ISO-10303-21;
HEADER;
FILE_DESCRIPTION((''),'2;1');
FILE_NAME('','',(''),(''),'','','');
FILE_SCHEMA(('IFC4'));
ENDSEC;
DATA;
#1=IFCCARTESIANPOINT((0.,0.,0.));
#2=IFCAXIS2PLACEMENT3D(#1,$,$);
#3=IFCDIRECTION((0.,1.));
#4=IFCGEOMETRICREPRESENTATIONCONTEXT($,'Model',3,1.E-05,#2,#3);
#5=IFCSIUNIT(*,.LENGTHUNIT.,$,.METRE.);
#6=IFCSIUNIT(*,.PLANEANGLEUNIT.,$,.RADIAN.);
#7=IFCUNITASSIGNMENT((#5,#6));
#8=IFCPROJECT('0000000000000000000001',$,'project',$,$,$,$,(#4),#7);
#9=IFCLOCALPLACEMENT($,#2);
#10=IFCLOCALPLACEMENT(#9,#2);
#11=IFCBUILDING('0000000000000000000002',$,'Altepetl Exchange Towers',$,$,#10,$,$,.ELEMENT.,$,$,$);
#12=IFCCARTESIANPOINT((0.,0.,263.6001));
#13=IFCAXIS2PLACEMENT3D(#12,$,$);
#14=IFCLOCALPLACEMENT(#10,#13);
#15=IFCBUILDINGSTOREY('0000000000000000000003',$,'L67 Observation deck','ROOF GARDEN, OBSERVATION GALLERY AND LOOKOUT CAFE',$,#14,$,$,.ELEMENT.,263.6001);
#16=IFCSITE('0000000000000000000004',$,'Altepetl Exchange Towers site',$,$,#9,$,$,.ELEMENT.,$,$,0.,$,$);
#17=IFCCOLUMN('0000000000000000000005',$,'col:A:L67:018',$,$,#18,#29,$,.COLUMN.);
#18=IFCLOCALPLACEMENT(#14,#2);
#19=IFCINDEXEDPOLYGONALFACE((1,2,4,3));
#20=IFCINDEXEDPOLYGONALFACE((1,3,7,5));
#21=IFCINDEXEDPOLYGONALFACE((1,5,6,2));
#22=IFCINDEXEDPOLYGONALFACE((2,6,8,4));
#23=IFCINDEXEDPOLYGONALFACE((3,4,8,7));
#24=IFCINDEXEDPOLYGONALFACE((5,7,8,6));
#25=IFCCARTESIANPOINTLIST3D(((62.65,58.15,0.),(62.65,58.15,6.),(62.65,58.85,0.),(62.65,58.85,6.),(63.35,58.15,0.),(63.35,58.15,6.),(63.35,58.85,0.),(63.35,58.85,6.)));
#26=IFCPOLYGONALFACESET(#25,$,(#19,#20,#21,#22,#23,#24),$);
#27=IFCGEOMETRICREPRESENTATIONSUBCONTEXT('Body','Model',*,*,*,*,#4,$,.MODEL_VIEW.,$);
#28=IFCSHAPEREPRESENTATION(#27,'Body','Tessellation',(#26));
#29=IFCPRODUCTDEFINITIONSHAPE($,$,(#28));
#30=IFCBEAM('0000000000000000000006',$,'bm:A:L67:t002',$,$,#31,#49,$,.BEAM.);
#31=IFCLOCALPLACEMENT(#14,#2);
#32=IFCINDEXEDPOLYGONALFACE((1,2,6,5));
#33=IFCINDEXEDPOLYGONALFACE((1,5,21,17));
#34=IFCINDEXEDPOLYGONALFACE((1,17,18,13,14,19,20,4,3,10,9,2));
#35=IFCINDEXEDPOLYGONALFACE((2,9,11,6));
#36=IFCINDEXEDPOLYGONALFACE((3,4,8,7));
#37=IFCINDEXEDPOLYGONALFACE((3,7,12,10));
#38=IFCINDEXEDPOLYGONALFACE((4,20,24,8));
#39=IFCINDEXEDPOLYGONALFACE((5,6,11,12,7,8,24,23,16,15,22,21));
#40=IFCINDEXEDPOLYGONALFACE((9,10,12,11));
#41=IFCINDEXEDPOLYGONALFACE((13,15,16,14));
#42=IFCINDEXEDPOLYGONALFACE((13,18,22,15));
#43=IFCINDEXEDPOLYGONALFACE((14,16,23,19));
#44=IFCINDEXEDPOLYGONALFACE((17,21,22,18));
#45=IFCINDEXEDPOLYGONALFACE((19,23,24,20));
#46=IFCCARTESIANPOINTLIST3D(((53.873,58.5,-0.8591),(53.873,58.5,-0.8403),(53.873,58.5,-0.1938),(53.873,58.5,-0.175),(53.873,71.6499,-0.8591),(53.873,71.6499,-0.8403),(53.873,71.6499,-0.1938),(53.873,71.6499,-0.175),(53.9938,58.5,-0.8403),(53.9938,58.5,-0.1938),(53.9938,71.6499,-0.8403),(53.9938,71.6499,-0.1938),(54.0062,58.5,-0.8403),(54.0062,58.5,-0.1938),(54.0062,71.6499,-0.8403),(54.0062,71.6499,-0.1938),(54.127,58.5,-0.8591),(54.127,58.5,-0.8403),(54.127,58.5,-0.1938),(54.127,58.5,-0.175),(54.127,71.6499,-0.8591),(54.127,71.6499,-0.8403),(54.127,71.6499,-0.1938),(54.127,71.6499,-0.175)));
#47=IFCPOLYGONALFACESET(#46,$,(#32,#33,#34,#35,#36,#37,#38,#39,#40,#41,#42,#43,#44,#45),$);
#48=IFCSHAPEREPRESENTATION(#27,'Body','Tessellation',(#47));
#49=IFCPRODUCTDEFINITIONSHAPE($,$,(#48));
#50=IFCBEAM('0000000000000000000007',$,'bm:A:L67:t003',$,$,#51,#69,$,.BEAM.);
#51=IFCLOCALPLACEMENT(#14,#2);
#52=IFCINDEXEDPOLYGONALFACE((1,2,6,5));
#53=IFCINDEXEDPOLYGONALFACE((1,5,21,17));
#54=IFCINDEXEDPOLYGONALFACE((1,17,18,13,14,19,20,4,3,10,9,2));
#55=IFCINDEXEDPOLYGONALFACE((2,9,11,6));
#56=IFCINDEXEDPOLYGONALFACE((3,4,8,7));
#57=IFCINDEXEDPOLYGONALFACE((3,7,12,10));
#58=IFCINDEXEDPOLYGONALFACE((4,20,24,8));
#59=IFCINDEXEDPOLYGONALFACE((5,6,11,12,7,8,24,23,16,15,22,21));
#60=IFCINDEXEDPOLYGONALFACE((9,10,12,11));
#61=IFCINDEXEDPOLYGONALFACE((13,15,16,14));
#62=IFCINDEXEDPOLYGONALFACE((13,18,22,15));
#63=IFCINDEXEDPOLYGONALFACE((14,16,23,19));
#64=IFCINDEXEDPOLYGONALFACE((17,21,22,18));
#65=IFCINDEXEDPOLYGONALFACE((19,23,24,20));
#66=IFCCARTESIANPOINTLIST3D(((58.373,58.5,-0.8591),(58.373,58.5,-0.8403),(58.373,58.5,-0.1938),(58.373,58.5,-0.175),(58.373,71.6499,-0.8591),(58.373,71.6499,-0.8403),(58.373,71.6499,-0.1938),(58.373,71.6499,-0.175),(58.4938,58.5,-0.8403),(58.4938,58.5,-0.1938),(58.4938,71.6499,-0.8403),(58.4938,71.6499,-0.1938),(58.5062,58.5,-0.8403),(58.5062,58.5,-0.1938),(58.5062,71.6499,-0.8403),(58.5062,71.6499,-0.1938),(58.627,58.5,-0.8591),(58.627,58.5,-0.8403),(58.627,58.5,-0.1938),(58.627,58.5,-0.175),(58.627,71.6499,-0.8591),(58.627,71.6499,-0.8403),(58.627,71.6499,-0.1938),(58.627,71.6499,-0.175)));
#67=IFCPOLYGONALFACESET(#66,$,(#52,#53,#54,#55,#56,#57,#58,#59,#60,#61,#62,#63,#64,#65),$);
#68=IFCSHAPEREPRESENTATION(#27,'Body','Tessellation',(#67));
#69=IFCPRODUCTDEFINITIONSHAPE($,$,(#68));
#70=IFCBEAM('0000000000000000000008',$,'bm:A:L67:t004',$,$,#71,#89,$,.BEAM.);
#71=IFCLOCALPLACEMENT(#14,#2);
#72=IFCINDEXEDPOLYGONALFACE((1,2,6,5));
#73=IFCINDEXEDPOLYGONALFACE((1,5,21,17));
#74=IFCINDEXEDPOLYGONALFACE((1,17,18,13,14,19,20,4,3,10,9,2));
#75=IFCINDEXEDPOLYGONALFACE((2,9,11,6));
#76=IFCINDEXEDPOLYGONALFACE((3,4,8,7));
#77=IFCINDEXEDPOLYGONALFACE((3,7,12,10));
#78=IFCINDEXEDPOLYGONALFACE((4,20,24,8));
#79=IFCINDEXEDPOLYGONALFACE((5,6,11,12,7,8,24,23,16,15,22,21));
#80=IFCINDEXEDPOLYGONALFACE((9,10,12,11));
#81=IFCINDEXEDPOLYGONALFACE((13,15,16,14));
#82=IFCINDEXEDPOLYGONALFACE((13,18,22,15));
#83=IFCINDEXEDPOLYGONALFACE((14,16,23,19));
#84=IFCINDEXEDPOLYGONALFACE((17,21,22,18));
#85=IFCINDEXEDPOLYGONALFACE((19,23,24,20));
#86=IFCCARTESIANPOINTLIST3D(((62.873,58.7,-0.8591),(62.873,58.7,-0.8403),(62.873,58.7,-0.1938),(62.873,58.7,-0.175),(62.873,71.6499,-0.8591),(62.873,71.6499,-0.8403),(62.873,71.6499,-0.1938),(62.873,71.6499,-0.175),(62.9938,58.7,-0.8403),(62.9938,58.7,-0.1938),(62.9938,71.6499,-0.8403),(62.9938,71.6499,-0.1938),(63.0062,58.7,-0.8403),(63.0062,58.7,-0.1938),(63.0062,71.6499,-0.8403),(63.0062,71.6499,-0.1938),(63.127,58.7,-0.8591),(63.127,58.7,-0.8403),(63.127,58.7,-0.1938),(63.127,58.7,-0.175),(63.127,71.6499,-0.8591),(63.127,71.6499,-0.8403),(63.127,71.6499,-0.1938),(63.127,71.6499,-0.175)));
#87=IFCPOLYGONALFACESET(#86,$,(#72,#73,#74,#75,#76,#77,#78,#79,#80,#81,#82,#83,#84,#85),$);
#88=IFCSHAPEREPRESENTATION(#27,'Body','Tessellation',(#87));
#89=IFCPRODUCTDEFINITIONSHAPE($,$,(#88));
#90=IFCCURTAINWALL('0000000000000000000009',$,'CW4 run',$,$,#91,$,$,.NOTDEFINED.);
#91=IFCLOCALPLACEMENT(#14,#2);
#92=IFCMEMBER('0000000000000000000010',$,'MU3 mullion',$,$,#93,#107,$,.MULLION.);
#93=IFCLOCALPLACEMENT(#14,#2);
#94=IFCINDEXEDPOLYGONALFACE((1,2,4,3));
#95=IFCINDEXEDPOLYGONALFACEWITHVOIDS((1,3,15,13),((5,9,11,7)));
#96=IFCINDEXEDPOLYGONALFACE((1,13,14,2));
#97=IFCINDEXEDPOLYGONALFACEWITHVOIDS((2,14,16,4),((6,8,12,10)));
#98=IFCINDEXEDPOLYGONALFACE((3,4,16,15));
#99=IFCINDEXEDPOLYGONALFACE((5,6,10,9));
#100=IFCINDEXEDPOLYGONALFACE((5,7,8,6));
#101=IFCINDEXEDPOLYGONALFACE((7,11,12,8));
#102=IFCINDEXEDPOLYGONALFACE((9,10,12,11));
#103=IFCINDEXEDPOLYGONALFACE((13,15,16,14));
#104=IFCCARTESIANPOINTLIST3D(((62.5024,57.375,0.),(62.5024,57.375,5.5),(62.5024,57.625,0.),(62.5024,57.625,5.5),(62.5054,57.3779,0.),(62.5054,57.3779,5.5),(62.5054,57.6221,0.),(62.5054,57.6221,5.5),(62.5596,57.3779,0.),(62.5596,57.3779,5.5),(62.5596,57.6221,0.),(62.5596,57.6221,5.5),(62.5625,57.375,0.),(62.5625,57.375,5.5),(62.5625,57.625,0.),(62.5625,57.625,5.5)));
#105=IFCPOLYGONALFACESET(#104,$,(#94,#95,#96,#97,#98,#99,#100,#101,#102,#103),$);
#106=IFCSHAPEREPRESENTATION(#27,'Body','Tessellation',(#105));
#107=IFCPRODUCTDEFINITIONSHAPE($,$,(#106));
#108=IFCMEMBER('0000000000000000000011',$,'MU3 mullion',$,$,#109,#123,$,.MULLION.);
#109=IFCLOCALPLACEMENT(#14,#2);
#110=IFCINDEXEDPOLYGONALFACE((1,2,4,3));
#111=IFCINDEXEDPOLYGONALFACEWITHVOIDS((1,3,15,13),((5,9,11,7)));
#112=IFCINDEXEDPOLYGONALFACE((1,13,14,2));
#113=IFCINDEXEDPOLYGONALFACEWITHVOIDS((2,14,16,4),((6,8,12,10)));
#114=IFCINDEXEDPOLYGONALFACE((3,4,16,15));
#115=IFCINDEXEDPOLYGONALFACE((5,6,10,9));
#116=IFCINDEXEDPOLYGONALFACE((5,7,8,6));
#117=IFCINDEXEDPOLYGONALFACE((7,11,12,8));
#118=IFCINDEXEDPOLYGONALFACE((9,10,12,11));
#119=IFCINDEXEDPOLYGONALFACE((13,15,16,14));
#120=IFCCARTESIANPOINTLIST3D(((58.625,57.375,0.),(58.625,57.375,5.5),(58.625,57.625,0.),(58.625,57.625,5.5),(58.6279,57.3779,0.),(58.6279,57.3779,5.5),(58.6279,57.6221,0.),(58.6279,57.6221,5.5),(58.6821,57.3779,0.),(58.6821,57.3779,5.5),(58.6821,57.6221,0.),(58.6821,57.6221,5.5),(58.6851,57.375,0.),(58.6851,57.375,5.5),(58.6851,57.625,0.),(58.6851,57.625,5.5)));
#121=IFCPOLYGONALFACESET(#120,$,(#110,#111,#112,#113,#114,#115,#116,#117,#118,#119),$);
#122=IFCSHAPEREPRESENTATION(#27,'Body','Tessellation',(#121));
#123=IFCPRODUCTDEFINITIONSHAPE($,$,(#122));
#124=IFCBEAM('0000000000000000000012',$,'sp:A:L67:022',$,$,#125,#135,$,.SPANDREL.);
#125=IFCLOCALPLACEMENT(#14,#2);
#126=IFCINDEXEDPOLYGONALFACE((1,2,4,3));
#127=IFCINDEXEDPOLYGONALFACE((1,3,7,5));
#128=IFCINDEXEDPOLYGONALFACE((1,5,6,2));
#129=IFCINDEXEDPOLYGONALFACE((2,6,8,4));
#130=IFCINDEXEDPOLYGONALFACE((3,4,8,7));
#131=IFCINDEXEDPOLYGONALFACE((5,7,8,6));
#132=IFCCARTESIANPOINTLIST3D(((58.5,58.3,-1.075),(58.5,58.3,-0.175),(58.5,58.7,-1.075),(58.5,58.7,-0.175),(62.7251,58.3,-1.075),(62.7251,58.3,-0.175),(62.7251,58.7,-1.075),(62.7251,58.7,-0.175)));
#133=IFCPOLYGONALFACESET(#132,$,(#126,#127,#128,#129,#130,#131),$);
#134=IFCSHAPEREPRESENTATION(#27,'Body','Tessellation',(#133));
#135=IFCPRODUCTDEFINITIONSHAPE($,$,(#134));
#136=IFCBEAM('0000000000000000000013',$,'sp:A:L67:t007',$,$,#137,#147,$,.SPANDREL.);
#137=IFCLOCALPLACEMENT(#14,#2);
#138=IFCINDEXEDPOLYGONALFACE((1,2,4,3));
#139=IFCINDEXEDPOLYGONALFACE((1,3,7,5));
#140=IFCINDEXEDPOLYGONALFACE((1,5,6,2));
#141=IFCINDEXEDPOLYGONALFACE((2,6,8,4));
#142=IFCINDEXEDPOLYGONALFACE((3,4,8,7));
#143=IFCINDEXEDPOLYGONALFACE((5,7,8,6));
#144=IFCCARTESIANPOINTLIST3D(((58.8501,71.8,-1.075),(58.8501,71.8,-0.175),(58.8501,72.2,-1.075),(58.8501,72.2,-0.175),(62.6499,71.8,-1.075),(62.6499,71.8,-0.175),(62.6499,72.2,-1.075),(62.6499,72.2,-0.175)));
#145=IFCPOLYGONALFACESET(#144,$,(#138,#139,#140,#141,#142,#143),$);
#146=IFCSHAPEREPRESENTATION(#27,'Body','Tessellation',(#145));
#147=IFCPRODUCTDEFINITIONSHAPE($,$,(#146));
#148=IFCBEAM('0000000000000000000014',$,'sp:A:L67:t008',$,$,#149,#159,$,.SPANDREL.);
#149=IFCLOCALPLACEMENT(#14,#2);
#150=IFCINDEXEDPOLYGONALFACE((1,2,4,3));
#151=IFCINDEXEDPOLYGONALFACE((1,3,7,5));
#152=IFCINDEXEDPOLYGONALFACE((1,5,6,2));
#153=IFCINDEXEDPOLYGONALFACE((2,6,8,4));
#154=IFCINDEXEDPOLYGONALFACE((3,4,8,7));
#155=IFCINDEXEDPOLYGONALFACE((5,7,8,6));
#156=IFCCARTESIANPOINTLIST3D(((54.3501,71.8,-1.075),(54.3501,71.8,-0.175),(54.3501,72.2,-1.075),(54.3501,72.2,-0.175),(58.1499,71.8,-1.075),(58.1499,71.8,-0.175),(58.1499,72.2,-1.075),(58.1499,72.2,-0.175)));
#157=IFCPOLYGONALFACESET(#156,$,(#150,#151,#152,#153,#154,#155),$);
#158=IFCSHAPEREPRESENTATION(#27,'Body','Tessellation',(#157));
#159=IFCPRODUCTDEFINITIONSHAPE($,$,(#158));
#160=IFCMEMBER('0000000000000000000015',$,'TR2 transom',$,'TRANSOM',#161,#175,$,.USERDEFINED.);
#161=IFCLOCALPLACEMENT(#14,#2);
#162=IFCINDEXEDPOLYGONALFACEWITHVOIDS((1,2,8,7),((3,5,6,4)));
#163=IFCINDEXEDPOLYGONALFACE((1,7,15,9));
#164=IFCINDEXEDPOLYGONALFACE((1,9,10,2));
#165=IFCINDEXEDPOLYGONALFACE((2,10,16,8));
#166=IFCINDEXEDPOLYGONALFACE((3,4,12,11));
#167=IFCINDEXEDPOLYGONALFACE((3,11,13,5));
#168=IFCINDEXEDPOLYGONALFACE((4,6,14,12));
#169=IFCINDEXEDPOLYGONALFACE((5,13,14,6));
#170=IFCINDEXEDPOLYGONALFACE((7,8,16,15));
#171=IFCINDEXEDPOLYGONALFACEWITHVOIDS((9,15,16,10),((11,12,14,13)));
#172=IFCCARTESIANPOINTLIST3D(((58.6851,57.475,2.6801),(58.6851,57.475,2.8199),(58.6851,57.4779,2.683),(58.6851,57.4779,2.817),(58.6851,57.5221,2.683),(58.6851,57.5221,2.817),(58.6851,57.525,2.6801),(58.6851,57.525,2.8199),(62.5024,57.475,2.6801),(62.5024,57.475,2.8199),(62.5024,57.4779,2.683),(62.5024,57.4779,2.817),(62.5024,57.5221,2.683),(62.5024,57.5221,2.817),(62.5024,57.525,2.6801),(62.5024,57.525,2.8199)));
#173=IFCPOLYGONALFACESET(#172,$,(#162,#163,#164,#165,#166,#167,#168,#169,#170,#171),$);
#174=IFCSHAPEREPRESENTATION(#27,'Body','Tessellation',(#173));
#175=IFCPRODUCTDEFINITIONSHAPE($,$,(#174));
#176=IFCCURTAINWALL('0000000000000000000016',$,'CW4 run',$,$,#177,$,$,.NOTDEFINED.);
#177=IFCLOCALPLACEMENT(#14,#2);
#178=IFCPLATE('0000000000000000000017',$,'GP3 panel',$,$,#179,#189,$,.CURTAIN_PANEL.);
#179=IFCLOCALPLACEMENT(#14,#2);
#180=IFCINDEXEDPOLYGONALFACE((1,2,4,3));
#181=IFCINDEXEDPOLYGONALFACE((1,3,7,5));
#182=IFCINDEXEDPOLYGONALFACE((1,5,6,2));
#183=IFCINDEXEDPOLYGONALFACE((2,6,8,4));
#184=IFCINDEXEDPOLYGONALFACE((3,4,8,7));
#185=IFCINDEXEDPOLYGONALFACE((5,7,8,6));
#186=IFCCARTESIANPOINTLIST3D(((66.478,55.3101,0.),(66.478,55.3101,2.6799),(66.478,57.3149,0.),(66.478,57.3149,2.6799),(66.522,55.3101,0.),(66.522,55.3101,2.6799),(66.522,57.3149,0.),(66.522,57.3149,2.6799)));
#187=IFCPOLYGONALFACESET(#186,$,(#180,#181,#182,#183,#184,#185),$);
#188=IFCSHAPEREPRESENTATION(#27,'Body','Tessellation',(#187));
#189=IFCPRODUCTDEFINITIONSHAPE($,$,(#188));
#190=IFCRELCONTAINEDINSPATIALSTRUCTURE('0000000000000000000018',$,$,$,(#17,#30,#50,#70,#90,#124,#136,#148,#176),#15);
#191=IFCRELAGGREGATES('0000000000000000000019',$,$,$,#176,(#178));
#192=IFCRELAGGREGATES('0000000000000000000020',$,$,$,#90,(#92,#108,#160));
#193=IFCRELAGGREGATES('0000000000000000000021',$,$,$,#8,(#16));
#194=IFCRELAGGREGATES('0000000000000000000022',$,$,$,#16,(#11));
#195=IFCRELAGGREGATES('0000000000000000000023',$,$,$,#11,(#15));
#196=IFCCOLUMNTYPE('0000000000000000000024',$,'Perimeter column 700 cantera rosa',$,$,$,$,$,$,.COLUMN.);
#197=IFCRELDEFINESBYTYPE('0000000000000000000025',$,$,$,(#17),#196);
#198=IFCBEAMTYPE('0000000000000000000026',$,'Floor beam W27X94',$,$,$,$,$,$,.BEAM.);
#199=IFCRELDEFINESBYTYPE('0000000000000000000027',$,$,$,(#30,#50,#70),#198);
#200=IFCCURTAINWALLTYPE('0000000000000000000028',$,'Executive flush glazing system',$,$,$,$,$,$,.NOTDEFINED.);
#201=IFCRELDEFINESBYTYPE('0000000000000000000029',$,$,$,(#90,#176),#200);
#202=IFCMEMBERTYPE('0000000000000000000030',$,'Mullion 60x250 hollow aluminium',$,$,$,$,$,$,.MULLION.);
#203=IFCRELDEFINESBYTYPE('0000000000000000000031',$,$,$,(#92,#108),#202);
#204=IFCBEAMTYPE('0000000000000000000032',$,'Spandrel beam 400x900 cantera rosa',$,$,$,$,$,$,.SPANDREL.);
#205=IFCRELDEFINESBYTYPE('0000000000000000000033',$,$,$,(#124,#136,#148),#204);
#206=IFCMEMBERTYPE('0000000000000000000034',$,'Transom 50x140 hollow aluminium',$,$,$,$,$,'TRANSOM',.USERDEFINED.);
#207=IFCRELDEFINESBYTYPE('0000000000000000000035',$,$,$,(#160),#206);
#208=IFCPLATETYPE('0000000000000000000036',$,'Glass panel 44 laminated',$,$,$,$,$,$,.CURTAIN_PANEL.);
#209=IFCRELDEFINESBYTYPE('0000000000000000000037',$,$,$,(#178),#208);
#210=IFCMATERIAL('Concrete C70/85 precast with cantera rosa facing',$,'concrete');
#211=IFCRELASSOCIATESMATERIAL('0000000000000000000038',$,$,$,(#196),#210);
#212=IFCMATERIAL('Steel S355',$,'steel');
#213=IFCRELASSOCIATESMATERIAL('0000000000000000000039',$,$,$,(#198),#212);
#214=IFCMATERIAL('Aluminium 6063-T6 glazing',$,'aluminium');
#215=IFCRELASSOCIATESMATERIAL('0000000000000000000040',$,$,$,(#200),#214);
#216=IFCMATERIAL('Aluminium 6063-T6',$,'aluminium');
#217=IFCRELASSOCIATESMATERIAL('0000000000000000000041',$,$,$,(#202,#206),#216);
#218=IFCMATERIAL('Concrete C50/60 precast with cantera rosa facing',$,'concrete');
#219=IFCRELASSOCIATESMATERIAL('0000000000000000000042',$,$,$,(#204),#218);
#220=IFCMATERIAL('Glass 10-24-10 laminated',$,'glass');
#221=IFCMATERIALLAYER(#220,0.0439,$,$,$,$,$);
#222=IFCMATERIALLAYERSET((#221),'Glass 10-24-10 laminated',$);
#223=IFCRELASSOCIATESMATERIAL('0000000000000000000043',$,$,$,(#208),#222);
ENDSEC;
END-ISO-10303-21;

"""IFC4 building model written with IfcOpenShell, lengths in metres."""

from ifc_helpers import new_model, si_unit, direction, frame, origin, origin_2d, place, context, subcontext, project, spatial, rectangle, hollow_rectangle, i_section, extrude, material, layer, layer_set, material_profile, profile_set, type_object, element, aggregate, save


model = new_model("IFC4")

# Units and contexts
model_context = context("Model", 3, precision=1e-05, world=origin(), true_north=direction((0.0, 1.0)))
body_context = subcontext(model_context, "Body", "Model", "MODEL_VIEW")
ifc_project = project(units=[si_unit("LENGTHUNIT", "METRE"), si_unit("PLANEANGLEUNIT", "RADIAN")], contexts=[model_context])

# Site, building, storey
site_placement = place(None, origin())
site = spatial("IfcSite", under=ifc_project, at=site_placement, Name="Altepetl Exchange Towers site", CompositionType="ELEMENT", RefElevation=0.0)
building_placement = place(site_placement, origin())
building = spatial("IfcBuilding", under=site, at=building_placement, Name="Altepetl Exchange Towers", CompositionType="ELEMENT")
storey_placement = place(building_placement, frame((0.0, 0.0, 263.6001)))
storey = spatial("IfcBuildingStorey", under=building, at=storey_placement, Name="L67 Observation deck", Description="ROOF GARDEN, OBSERVATION GALLERY AND LOOKOUT CAFE", CompositionType="ELEMENT", Elevation=263.6001)

# Column
ifc_material_1 = material(Name="Concrete C70/85 precast with cantera rosa facing", Category="concrete")
ifc_material_profile_1 = material_profile(ifc_material_1, rectangle(XDim=0.7, YDim=0.7, at=origin_2d()), Name="700 x 700")
ifc_profile_set_1 = profile_set([ifc_material_profile_1], Name="Concrete C70/85 precast with cantera rosa facing")
column_type = type_object("IfcColumnType", Name="Perimeter column 700 cantera rosa", PredefinedType="COLUMN", material=ifc_profile_set_1)
column_placement = place(storey_placement, frame((63.0, 58.5, 0.0)))
element("IfcColumn", 1, at=column_placement, inside=storey, type_object=column_type, Name="col:A:L67:018", PredefinedType="COLUMN", context=body_context, shape_type="SweptSolid", body=[
    extrude(rectangle(XDim=0.7, YDim=0.7, at=origin_2d()), origin(), (0.0, 0.0, 1.0), 6.0),
])

# Beams
ifc_material_2 = material(Name="Steel S355", Category="steel")
ifc_material_profile_2 = material_profile(ifc_material_2, i_section(OverallWidth=0.2539, OverallDepth=0.6841, WebThickness=0.0125, FlangeThickness=0.0188, at=origin_2d()), Name="W27X94")
ifc_profile_set_2 = profile_set([ifc_material_profile_2], Name="Steel S355")
beam_type_1 = type_object("IfcBeamType", Name="Floor beam W27X94", PredefinedType="BEAM", material=ifc_profile_set_2)
for number, where, z_axis, x_axis, name in (
    (2, (54.0, 58.5, -0.5171), (0.0, 1.0, 0.0), (-1.0, 0.0, 0.0), "bm:A:L67:t002"),
    (3, (58.5, 58.5, -0.5171), (0.0, 1.0, 0.0), (-1.0, 0.0, 0.0), "bm:A:L67:t003"),
):
    element("IfcBeam", number, at=place(storey_placement, frame(where, z_axis=z_axis, x_axis=x_axis)), inside=storey, type_object=beam_type_1, Name=name, PredefinedType="BEAM", context=body_context, shape_type="SweptSolid", body=[
        extrude(i_section(OverallWidth=0.2539, OverallDepth=0.6841, WebThickness=0.0125, FlangeThickness=0.0188, at=origin_2d()), origin(), (0.0, 0.0, 1.0), 13.1499),
    ])
beam_1_placement = place(storey_placement, frame((63.0, 58.7, -0.5171), z_axis=(0.0, 1.0, 0.0), x_axis=(-1.0, 0.0, 0.0)))
element("IfcBeam", 4, at=beam_1_placement, inside=storey, type_object=beam_type_1, Name="bm:A:L67:t004", PredefinedType="BEAM", context=body_context, shape_type="SweptSolid", body=[
    extrude(i_section(OverallWidth=0.2539, OverallDepth=0.6841, WebThickness=0.0125, FlangeThickness=0.0188, at=origin_2d()), origin(), (0.0, 0.0, 1.0), 12.95),
])

# Curtain wall, members
ifc_material_3 = material(Name="Aluminium 6063-T6 glazing", Category="aluminium")
curtain_wall_type = type_object("IfcCurtainWallType", Name="Executive flush glazing system", PredefinedType="NOTDEFINED", material=ifc_material_3)
curtain_wall_1_placement = place(storey_placement, origin())
curtain_wall_1 = element("IfcCurtainWall", 5, at=curtain_wall_1_placement, inside=storey, type_object=curtain_wall_type, Name="CW4 run", PredefinedType="NOTDEFINED")
ifc_material_4 = material(Name="Aluminium 6063-T6", Category="aluminium")
ifc_material_profile_3 = material_profile(ifc_material_4, hollow_rectangle(XDim=0.0601, YDim=0.25, WallThickness=0.0029, at=origin_2d()), Name="Mullion 60x250 hollow aluminium")
ifc_profile_set_3 = profile_set([ifc_material_profile_3], Name="Aluminium 6063-T6")
member_type_1 = type_object("IfcMemberType", Name="Mullion 60x250 hollow aluminium", PredefinedType="MULLION", material=ifc_profile_set_3)
member_1_placement = place(storey_placement, frame((62.5325, 57.5, 0.0), z_axis=(0.0, 0.0, 1.0), x_axis=(-1.0, 0.0, 0.0)))
member_1 = element("IfcMember", 6, at=member_1_placement, type_object=member_type_1, Name="MU3 mullion", PredefinedType="MULLION", context=body_context, shape_type="SweptSolid", body=[
    extrude(hollow_rectangle(XDim=0.0601, YDim=0.25, WallThickness=0.0029, at=origin_2d()), origin(), (0.0, 0.0, 1.0), 5.5),
])
member_2_placement = place(storey_placement, frame((58.655, 57.5, 0.0), z_axis=(0.0, 0.0, 1.0), x_axis=(-1.0, 0.0, 0.0)))
member_2 = element("IfcMember", 7, at=member_2_placement, type_object=member_type_1, Name="MU3 mullion", PredefinedType="MULLION", context=body_context, shape_type="SweptSolid", body=[
    extrude(hollow_rectangle(XDim=0.0601, YDim=0.25, WallThickness=0.0029, at=origin_2d()), origin(), (0.0, 0.0, 1.0), 5.5),
])

# Beams
ifc_material_5 = material(Name="Concrete C50/60 precast with cantera rosa facing", Category="concrete")
ifc_material_profile_4 = material_profile(ifc_material_5, rectangle(XDim=0.3999, YDim=0.8999, at=origin_2d()), Name="400 x 900")
ifc_profile_set_4 = profile_set([ifc_material_profile_4], Name="Concrete C50/60 precast with cantera rosa facing")
beam_type_2 = type_object("IfcBeamType", Name="Spandrel beam 400x900 cantera rosa", PredefinedType="SPANDREL", material=ifc_profile_set_4)
beam_2_placement = place(storey_placement, frame((62.7251, 58.5, -0.625), z_axis=(-1.0, 0.0, 0.0), x_axis=(0.0, -1.0, 0.0)))
element("IfcBeam", 8, at=beam_2_placement, inside=storey, type_object=beam_type_2, Name="sp:A:L67:022", PredefinedType="SPANDREL", context=body_context, shape_type="SweptSolid", body=[
    extrude(rectangle(XDim=0.3999, YDim=0.8999, at=origin_2d()), origin(), (0.0, 0.0, 1.0), 4.2251),
])
for number, where, z_axis, x_axis, name in (
    (9, (62.6499, 72.0, -0.625), (-1.0, 0.0, 0.0), (0.0, -1.0, 0.0), "sp:A:L67:t007"),
    (10, (58.1499, 72.0, -0.625), (-1.0, 0.0, 0.0), (0.0, -1.0, 0.0), "sp:A:L67:t008"),
):
    element("IfcBeam", number, at=place(storey_placement, frame(where, z_axis=z_axis, x_axis=x_axis)), inside=storey, type_object=beam_type_2, Name=name, PredefinedType="SPANDREL", context=body_context, shape_type="SweptSolid", body=[
        extrude(rectangle(XDim=0.3999, YDim=0.8999, at=origin_2d()), origin(), (0.0, 0.0, 1.0), 3.7998),
    ])

# Member
ifc_material_profile_5 = material_profile(ifc_material_4, hollow_rectangle(XDim=0.05, YDim=0.1399, WallThickness=0.0029, at=origin_2d()), Name="Transom 50x140 hollow aluminium")
ifc_profile_set_5 = profile_set([ifc_material_profile_5], Name="Aluminium 6063-T6")
member_type_2 = type_object("IfcMemberType", Name="Transom 50x140 hollow aluminium", ElementType="TRANSOM", PredefinedType="USERDEFINED", material=ifc_profile_set_5)
member_3_placement = place(storey_placement, frame((62.5024, 57.5, 2.75), z_axis=(-1.0, 0.0, 0.0), x_axis=(0.0, -1.0, 0.0)))
member_3 = element("IfcMember", 11, at=member_3_placement, type_object=member_type_2, Name="TR2 transom", ObjectType="TRANSOM", PredefinedType="USERDEFINED", context=body_context, shape_type="SweptSolid", body=[
    extrude(hollow_rectangle(XDim=0.05, YDim=0.1399, WallThickness=0.0029, at=origin_2d()), origin(), (0.0, 0.0, 1.0), 3.8174),
])

# Curtain wall, plate
curtain_wall_2_placement = place(storey_placement, origin())
curtain_wall_2 = element("IfcCurtainWall", 12, at=curtain_wall_2_placement, inside=storey, type_object=curtain_wall_type, Name="CW4 run", PredefinedType="NOTDEFINED")
ifc_material_6 = material(Name="Glass 10-24-10 laminated", Category="glass")
ifc_layer_1 = layer(ifc_material_6, 0.0439)
ifc_layer_set_1 = layer_set([ifc_layer_1], Name="Glass 10-24-10 laminated")
plate_type = type_object("IfcPlateType", Name="Glass panel 44 laminated", PredefinedType="CURTAIN_PANEL", material=ifc_layer_set_1)
plate_1_placement = place(storey_placement, frame((66.5, 56.3125, 0.0), z_axis=(0.0, 0.0, 1.0), x_axis=(0.0, 1.0, 0.0)))
plate_1 = element("IfcPlate", 13, at=plate_1_placement, type_object=plate_type, Name="GP3 panel", PredefinedType="CURTAIN_PANEL", context=body_context, shape_type="SweptSolid", body=[
    extrude(rectangle(XDim=2.0049, YDim=0.0439, at=origin_2d()), origin(), (0.0, 0.0, 1.0), 2.6799),
])
aggregate(curtain_wall_2, [plate_1])

aggregate(curtain_wall_1, [member_1, member_2, member_3])

save(model, "model.ifc")
